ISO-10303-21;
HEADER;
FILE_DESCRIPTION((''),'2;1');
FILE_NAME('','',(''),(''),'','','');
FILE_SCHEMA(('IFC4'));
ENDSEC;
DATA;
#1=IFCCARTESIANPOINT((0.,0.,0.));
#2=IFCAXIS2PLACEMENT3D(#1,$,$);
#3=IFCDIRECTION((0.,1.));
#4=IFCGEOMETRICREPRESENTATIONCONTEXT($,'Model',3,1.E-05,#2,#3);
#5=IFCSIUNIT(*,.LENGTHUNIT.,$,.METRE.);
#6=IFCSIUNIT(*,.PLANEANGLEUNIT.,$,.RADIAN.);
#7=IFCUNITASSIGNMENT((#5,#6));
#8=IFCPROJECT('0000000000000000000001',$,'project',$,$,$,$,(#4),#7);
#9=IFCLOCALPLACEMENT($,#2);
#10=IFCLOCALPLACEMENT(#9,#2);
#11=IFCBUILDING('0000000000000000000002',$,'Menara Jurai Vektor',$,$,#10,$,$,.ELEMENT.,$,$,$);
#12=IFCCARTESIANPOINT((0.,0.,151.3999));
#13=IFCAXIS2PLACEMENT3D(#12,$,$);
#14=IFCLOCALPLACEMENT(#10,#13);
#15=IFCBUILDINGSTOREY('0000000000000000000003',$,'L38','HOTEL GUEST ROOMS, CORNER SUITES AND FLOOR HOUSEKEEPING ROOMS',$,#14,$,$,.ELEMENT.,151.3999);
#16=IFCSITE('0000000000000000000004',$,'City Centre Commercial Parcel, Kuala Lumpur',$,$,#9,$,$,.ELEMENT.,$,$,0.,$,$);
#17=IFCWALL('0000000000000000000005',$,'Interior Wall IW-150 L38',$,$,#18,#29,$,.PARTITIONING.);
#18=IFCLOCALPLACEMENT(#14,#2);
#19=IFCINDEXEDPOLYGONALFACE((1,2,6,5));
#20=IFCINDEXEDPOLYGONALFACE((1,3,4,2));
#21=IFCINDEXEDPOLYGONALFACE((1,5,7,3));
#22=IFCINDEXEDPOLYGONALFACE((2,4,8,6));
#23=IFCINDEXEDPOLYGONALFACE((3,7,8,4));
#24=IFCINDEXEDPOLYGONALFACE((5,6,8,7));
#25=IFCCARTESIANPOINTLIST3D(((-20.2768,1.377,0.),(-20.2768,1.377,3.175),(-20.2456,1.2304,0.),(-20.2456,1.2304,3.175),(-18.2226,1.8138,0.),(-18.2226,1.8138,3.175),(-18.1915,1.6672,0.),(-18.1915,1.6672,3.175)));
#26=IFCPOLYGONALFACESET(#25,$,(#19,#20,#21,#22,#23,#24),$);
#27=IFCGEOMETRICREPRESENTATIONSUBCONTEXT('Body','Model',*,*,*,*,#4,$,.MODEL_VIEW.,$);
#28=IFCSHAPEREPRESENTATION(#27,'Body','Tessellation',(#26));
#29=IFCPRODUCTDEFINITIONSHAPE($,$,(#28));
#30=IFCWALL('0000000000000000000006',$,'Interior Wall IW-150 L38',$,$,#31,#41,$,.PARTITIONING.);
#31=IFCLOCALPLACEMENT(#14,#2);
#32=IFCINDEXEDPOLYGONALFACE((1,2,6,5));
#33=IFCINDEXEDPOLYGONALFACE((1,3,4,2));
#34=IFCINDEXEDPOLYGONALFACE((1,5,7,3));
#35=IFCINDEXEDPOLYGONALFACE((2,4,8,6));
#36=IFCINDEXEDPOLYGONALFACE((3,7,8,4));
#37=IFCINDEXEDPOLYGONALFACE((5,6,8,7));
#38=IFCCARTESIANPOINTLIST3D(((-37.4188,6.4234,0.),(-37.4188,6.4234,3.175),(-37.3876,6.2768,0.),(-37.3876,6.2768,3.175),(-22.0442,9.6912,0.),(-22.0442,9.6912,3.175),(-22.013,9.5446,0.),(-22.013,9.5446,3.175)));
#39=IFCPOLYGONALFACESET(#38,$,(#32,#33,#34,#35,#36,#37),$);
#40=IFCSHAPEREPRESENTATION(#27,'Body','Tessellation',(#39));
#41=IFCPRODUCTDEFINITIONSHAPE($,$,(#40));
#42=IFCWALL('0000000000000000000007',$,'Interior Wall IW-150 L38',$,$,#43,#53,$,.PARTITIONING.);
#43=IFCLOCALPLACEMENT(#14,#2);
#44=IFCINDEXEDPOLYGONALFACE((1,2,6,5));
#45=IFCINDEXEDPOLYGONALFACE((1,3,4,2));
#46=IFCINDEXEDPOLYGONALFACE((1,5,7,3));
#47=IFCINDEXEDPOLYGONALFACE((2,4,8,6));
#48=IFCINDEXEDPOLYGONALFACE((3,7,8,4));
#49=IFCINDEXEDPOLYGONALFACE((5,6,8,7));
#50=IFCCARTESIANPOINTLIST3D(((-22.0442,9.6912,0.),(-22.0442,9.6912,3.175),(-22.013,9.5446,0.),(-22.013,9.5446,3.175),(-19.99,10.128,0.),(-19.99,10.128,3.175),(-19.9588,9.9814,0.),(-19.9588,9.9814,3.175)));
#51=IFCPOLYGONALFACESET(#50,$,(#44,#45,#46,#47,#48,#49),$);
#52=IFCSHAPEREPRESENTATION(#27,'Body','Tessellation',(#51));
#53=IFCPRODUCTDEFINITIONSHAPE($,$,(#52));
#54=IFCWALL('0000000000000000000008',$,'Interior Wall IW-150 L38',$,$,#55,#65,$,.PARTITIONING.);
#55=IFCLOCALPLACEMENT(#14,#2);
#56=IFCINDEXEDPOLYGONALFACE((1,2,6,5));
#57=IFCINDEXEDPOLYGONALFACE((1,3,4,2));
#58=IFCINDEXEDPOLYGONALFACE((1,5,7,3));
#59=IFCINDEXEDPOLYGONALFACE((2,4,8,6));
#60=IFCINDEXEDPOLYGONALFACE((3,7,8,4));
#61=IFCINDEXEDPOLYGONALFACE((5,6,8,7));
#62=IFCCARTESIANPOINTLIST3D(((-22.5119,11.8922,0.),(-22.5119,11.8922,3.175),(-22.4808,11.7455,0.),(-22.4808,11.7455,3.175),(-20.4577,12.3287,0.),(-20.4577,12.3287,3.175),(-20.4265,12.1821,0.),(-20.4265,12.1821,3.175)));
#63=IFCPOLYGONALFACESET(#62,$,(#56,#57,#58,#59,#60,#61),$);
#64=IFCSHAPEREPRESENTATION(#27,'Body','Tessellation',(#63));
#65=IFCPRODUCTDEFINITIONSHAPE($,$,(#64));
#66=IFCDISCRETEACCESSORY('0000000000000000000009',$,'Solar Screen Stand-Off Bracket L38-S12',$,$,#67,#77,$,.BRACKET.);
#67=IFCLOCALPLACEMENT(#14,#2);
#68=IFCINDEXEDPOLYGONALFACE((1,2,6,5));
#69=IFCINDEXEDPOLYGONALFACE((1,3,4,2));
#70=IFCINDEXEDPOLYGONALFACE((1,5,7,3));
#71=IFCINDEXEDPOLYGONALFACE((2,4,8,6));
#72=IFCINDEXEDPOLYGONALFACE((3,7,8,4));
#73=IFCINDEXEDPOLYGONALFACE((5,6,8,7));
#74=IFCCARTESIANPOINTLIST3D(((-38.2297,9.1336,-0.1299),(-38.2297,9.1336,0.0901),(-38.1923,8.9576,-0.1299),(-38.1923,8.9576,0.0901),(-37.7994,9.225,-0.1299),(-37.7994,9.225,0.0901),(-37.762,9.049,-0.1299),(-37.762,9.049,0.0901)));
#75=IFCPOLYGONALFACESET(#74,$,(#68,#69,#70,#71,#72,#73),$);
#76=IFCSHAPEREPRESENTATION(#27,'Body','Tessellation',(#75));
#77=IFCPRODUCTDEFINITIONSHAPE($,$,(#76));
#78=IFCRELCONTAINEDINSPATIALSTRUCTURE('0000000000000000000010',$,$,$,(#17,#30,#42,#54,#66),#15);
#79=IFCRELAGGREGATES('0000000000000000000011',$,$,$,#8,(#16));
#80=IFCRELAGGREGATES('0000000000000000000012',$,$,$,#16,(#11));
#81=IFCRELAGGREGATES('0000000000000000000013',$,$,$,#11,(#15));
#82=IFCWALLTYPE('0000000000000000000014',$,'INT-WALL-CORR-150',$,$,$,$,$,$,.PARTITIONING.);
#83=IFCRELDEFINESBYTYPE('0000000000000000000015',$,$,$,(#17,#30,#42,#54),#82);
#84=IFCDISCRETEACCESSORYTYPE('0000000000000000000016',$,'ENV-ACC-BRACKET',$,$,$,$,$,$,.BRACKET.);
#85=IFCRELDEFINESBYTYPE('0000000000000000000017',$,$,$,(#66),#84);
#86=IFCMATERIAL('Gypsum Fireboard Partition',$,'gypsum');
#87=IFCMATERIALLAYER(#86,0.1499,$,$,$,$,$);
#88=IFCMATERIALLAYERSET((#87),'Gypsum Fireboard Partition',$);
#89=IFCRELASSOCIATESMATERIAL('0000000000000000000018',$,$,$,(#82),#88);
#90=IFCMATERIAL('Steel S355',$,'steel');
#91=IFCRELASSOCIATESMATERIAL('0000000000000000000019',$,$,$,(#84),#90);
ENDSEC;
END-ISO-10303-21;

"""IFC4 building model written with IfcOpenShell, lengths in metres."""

from ifc_helpers import new_model, si_unit, direction, frame, frame_2d, origin, origin_2d, place, context, subcontext, project, spatial, rectangle, extrude, material, layer, layer_set, type_object, element, save


model = new_model("IFC4")

# Units and contexts
model_context = context("Model", 3, precision=1e-05, world=origin(), true_north=direction((0.0, 1.0)))
body_context = subcontext(model_context, "Body", "Model", "MODEL_VIEW")
ifc_project = project(units=[si_unit("LENGTHUNIT", "METRE"), si_unit("PLANEANGLEUNIT", "RADIAN")], contexts=[model_context])

# Site, building, storey
site_placement = place(None, origin())
site = spatial("IfcSite", under=ifc_project, at=site_placement, Name="City Centre Commercial Parcel, Kuala Lumpur", CompositionType="ELEMENT", RefElevation=0.0)
building_placement = place(site_placement, origin())
building = spatial("IfcBuilding", under=site, at=building_placement, Name="Menara Jurai Vektor", CompositionType="ELEMENT")
storey_placement = place(building_placement, frame((0.0, 0.0, 151.3999)))
storey = spatial("IfcBuildingStorey", under=building, at=storey_placement, Name="L38", Description="HOTEL GUEST ROOMS, CORNER SUITES AND FLOOR HOUSEKEEPING ROOMS", CompositionType="ELEMENT", Elevation=151.3999)

# Shared definitions
ifc_material_1 = material(Name="Steel S355", Category="steel")

# Shared definitions
ifc_material_2 = material(Name="Gypsum Fireboard Partition", Category="gypsum")
ifc_layer_1 = layer(ifc_material_2, 0.1499)
ifc_layer_set_1 = layer_set([ifc_layer_1], Name="Gypsum Fireboard Partition")
wall_type = type_object("IfcWallType", Name="INT-WALL-CORR-150", PredefinedType="PARTITIONING", material=ifc_layer_set_1)

# Walls
wall_1_placement = place(storey_placement, frame((-20.2612, 1.3037, 0.0), z_axis=(0.0, 0.0, 1.0), x_axis=(0.978135, 0.207973, 0.0)))
element("IfcWall", 1, at=wall_1_placement, inside=storey, type_object=wall_type, Name="Interior Wall IW-150 L38", PredefinedType="PARTITIONING", context=body_context, shape_type="SweptSolid", body=[
    extrude(rectangle(XDim=2.1001, YDim=0.1499, at=frame_2d((1.05, 0.0))), origin(), (0.0, 0.0, 1.0), 3.175),
])
wall_2_placement = place(storey_placement, frame((-37.4031, 6.3501, 0.0), z_axis=(0.0, 0.0, 1.0), x_axis=(0.978149, 0.207904, 0.0)))
element("IfcWall", 2, at=wall_2_placement, inside=storey, type_object=wall_type, Name="Interior Wall IW-150 L38", PredefinedType="PARTITIONING", context=body_context, shape_type="SweptSolid", body=[
    extrude(rectangle(XDim=15.718, YDim=0.1499, at=frame_2d((7.8589, 0.0))), origin(), (0.0, 0.0, 1.0), 3.175),
])
wall_3_placement = place(storey_placement, frame((-22.0286, 9.6179, 0.0), z_axis=(0.0, 0.0, 1.0), x_axis=(0.978135, 0.207973, 0.0)))
element("IfcWall", 3, at=wall_3_placement, inside=storey, type_object=wall_type, Name="Interior Wall IW-150 L38", PredefinedType="PARTITIONING", context=body_context, shape_type="SweptSolid", body=[
    extrude(rectangle(XDim=2.1001, YDim=0.1499, at=frame_2d((1.05, 0.0))), origin(), (0.0, 0.0, 1.0), 3.175),
])

# Wall
wall_4_placement = place(storey_placement, frame((-22.4963, 11.8188, 0.0), z_axis=(0.0, 0.0, 1.0), x_axis=(0.978158, 0.207862, 0.0)))
element("IfcWall", 4, at=wall_4_placement, inside=storey, type_object=wall_type, Name="Interior Wall IW-150 L38", PredefinedType="PARTITIONING", context=body_context, shape_type="SweptSolid", body=[
    extrude(rectangle(XDim=2.1001, YDim=0.1499, at=frame_2d((1.05, 0.0))), origin(), (0.0, 0.0, 1.0), 3.175),
])

# Discrete accessory
discrete_accessory_type = type_object("IfcDiscreteAccessoryType", Name="ENV-ACC-BRACKET", PredefinedType="BRACKET", material=ifc_material_1)
discrete_accessory_placement = place(storey_placement, frame((-37.9958, 9.0913, -0.1299), z_axis=(0.0, 0.0, 1.0), x_axis=(0.207912, -0.978148, 0.0)))
element("IfcDiscreteAccessory", 5, at=discrete_accessory_placement, inside=storey, type_object=discrete_accessory_type, Name="Solar Screen Stand-Off Bracket L38-S12", PredefinedType="BRACKET", context=body_context, shape_type="SweptSolid", body=[
    extrude(rectangle(XDim=0.1799, YDim=0.4399, at=origin_2d()), origin(), (0.0, 0.0, 1.0), 0.22),
])

save(model, "model.ifc")
